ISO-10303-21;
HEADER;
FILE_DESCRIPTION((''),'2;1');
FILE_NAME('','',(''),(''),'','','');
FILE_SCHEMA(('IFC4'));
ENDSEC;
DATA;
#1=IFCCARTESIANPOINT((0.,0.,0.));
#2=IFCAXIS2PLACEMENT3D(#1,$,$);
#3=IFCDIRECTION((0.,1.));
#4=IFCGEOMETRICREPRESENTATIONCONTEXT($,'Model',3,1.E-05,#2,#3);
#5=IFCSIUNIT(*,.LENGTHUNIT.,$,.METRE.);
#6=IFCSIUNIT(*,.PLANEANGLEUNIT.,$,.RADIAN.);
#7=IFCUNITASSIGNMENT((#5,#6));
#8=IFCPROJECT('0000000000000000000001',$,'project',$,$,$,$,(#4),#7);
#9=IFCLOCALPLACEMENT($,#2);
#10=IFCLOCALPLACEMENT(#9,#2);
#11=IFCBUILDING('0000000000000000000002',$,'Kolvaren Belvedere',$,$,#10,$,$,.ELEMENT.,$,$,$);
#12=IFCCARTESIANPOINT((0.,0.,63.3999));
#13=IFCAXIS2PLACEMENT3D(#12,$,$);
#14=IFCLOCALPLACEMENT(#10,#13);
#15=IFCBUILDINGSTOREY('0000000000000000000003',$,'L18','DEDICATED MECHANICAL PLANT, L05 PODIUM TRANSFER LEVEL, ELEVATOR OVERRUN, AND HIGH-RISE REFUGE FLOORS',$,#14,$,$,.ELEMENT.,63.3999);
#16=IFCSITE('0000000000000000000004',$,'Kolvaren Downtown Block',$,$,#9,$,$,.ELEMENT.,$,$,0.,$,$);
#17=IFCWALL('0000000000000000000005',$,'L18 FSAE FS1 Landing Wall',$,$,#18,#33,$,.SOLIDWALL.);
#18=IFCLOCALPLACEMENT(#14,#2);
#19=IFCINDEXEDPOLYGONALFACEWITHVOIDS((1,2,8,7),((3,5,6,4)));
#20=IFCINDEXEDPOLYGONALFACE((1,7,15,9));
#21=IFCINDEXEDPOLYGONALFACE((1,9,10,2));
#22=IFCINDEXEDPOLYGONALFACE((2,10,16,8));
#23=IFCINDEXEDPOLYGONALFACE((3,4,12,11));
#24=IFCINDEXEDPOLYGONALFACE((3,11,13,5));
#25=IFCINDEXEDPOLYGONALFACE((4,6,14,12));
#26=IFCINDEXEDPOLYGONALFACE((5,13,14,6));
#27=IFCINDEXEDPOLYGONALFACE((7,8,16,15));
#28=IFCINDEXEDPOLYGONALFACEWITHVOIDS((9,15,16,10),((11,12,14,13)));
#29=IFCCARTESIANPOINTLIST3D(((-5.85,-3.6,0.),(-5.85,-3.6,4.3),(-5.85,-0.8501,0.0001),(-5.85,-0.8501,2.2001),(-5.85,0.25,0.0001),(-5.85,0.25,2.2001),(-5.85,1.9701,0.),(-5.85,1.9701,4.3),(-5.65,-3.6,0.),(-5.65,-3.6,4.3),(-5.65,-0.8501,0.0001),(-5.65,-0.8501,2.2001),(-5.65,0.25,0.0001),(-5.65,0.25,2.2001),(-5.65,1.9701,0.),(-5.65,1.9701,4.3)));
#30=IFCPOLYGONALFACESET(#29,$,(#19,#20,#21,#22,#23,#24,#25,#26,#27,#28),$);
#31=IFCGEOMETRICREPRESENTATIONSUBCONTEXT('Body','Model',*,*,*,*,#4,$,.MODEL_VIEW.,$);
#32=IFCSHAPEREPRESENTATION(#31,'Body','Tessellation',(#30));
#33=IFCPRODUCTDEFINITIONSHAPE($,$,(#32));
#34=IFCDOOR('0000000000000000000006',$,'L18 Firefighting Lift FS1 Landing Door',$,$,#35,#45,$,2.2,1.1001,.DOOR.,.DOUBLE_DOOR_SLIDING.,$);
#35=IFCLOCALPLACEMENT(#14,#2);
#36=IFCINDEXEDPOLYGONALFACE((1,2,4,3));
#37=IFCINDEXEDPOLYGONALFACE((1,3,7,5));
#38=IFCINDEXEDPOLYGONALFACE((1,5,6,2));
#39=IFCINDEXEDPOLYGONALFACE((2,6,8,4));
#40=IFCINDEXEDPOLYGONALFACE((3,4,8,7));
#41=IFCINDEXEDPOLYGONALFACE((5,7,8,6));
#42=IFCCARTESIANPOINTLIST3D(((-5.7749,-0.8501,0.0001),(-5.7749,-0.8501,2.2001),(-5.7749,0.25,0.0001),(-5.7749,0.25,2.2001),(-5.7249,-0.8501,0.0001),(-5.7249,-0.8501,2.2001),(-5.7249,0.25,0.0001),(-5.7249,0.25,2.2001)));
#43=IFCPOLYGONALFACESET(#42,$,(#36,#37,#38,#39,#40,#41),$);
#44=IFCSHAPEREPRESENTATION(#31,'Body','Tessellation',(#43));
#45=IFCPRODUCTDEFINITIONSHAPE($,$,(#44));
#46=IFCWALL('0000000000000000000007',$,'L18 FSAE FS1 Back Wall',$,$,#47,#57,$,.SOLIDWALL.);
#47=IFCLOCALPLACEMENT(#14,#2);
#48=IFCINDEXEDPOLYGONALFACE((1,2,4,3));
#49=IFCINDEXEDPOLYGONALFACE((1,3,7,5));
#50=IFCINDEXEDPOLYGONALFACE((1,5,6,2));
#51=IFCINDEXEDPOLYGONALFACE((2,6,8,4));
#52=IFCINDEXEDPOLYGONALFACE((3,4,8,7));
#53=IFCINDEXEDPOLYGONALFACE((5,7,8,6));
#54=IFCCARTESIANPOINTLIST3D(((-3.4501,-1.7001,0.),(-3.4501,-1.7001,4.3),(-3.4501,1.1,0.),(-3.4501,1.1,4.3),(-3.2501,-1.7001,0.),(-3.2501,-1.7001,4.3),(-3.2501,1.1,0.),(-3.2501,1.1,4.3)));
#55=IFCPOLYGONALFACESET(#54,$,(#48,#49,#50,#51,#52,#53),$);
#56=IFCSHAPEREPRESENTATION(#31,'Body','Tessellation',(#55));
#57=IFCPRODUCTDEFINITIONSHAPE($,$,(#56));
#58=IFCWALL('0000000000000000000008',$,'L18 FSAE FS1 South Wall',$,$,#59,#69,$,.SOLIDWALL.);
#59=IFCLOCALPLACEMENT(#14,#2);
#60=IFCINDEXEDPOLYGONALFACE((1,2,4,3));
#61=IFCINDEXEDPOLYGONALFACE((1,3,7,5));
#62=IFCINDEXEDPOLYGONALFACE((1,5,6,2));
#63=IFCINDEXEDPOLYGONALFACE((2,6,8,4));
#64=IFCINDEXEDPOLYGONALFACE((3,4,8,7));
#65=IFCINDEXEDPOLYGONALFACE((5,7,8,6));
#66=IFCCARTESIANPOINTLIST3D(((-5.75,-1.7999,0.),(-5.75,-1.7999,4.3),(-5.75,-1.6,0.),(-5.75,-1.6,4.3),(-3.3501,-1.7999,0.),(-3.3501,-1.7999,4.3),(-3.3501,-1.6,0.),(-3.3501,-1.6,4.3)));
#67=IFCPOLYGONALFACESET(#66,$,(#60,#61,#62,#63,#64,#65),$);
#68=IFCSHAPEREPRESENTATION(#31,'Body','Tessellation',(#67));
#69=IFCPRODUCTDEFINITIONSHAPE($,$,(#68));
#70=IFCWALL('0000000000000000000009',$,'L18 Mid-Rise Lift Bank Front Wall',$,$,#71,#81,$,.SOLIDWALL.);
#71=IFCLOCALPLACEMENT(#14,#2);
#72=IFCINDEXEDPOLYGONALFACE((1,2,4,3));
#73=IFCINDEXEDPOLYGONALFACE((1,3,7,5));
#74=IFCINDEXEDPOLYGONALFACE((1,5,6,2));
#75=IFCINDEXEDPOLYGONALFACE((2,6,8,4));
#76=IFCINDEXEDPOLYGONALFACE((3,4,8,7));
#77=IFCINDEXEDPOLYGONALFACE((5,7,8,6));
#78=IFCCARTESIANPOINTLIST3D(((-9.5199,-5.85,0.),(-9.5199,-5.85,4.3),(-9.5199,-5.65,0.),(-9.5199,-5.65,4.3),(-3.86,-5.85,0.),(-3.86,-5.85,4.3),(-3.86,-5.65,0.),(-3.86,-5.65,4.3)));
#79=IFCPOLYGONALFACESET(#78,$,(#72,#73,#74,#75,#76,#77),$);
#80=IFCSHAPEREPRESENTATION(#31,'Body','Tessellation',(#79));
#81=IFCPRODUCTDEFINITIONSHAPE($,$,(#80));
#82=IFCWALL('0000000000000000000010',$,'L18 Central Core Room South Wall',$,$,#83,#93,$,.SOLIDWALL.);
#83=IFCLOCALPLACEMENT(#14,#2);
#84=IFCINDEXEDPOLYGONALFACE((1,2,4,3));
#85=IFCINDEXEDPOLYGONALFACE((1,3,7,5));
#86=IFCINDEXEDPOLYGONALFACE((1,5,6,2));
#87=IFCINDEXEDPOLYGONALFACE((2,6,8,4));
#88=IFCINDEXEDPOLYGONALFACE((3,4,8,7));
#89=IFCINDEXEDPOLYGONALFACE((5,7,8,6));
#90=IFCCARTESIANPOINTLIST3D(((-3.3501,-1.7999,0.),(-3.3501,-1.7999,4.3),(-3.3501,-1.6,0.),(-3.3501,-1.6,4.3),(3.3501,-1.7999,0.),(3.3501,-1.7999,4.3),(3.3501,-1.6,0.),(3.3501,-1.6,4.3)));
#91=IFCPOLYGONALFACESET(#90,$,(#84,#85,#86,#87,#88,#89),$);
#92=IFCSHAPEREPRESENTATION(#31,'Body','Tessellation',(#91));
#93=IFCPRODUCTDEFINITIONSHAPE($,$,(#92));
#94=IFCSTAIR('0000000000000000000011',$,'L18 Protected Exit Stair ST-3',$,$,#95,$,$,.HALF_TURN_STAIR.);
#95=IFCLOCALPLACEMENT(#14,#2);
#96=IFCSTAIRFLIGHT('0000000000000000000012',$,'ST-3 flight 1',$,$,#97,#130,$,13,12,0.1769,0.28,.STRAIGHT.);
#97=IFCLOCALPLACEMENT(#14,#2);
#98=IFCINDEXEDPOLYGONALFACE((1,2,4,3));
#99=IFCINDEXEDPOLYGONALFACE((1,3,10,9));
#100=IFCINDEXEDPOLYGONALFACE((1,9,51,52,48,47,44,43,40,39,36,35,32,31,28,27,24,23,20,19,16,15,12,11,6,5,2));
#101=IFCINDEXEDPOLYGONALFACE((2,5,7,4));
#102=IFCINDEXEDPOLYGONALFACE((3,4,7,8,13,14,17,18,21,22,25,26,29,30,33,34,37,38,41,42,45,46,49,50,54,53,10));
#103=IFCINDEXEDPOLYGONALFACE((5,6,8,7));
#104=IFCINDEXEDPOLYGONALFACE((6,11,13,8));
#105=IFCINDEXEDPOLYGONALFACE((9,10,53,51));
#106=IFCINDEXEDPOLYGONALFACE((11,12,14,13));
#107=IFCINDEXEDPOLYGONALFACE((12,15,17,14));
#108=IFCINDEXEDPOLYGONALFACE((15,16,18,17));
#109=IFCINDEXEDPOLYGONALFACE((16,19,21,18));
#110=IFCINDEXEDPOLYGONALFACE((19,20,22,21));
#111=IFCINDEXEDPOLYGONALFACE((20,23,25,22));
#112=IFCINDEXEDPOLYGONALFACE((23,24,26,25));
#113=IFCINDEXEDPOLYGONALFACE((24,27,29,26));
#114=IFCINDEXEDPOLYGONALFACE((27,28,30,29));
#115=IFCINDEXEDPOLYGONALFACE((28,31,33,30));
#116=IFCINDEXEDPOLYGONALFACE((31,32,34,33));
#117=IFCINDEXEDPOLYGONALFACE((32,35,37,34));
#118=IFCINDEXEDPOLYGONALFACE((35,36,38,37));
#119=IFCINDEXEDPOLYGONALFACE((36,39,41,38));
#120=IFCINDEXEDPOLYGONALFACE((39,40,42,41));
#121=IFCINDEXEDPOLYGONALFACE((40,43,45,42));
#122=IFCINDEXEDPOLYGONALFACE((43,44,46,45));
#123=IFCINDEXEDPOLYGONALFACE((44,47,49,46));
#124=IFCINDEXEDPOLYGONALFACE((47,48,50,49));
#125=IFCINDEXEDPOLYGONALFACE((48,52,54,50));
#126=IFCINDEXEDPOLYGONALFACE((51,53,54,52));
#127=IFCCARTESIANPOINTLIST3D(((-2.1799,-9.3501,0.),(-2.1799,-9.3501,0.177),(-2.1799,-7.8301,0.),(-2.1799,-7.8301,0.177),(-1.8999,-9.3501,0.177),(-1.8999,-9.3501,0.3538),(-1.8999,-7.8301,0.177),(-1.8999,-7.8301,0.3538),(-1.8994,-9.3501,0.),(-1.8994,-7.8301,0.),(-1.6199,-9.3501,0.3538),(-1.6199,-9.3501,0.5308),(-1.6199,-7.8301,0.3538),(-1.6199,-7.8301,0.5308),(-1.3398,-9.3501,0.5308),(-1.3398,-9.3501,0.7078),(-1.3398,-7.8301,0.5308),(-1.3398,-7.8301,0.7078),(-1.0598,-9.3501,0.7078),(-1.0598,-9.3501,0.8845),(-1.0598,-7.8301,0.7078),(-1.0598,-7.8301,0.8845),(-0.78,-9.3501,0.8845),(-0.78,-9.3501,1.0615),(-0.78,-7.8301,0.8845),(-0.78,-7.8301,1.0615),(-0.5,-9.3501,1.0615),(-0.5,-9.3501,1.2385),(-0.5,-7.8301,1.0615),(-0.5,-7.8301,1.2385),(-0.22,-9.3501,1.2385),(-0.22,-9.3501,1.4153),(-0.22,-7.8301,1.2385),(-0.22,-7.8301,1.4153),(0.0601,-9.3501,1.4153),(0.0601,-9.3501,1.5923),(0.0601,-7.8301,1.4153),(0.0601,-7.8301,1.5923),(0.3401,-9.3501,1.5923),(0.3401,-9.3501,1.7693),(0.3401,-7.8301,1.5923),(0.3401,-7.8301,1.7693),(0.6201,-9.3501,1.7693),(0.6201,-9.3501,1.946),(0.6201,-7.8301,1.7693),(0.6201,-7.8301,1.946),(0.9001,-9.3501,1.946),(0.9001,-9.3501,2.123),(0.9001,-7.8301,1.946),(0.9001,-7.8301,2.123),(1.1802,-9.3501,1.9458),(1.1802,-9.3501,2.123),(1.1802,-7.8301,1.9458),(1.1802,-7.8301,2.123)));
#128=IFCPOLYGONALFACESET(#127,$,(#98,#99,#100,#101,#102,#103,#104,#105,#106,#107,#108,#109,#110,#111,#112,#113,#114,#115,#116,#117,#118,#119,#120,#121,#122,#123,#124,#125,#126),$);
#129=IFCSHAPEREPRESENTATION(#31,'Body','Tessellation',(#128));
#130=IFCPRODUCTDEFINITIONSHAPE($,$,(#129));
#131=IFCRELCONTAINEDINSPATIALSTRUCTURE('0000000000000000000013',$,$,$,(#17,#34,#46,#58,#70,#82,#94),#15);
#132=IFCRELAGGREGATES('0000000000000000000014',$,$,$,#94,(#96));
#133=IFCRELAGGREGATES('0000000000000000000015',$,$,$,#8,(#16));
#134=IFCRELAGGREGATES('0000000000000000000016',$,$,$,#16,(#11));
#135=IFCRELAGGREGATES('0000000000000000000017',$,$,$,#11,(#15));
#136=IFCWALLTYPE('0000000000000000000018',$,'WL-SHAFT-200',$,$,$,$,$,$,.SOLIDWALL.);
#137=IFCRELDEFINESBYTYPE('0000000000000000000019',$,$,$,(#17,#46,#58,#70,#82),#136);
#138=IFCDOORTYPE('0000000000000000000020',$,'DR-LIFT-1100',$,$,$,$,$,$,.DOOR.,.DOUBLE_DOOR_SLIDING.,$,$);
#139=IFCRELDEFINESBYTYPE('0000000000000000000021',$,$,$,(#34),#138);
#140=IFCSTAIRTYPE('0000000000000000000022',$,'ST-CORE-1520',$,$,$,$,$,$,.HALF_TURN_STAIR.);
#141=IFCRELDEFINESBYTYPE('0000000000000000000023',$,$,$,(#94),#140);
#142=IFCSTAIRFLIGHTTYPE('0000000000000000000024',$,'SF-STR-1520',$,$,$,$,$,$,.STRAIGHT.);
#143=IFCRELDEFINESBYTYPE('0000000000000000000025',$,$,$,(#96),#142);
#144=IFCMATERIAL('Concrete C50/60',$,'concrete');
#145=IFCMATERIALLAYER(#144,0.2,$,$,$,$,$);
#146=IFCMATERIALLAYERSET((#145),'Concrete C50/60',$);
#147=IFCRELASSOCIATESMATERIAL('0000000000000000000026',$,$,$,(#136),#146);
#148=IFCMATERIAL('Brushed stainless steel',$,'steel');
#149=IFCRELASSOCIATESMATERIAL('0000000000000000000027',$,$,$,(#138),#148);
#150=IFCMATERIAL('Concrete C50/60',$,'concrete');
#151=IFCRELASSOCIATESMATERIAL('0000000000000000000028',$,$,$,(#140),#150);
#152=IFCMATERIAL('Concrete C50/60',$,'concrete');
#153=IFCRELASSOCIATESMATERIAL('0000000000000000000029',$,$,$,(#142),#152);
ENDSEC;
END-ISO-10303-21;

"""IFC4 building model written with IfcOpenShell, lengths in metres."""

from ifc_helpers import new_model, si_unit, direction, frame, frame_2d, origin, place, context, subcontext, project, spatial, polyline, rectangle, outline, extrude, material, layer, layer_set, type_object, element, fill, aggregate, save


model = new_model("IFC4")

# Units and contexts
model_context = context("Model", 3, precision=1e-05, world=origin(), true_north=direction((0.0, 1.0)))
body_context = subcontext(model_context, "Body", "Model", "MODEL_VIEW")
ifc_project = project(units=[si_unit("LENGTHUNIT", "METRE"), si_unit("PLANEANGLEUNIT", "RADIAN")], contexts=[model_context])

# Site, building, storey
site_placement = place(None, origin())
site = spatial("IfcSite", under=ifc_project, at=site_placement, Name="Kolvaren Downtown Block", CompositionType="ELEMENT", RefElevation=0.0)
building_placement = place(site_placement, origin())
building = spatial("IfcBuilding", under=site, at=building_placement, Name="Kolvaren Belvedere", CompositionType="ELEMENT")
storey_placement = place(building_placement, frame((0.0, 0.0, 63.3999)))
storey = spatial("IfcBuildingStorey", under=building, at=storey_placement, Name="L18", Description="DEDICATED MECHANICAL PLANT, L05 PODIUM TRANSFER LEVEL, ELEVATOR OVERRUN, AND HIGH-RISE REFUGE FLOORS", CompositionType="ELEMENT", Elevation=63.3999)

# Wall, opening, door
ifc_material_1 = material(Name="Concrete C50/60", Category="concrete")
ifc_layer_1 = layer(ifc_material_1, 0.2)
ifc_layer_set_1 = layer_set([ifc_layer_1], Name="Concrete C50/60")
wall_type_1 = type_object("IfcWallType", Name="WL-SHAFT-200", PredefinedType="SOLIDWALL", material=ifc_layer_set_1)
wall_1_placement = place(storey_placement, frame((-5.75, -3.6001, 0.0), z_axis=(0.0, 0.0, 1.0), x_axis=(0.0, 1.0, 0.0)))
wall_1 = element("IfcWall", 1, at=wall_1_placement, inside=storey, type_object=wall_type_1, Name="L18 FSAE FS1 Landing Wall", PredefinedType="SOLIDWALL", context=body_context, shape_type="SweptSolid", body=[
    extrude(rectangle(XDim=5.5701, YDim=0.2, at=frame_2d((2.7852, 0.0))), origin(), (0.0, 0.0, 1.0), 4.3),
])
opening_1_placement = place(wall_1_placement, frame((2.75, 0.0, 0.0)))
opening_1 = element("IfcOpeningElement", 2, at=opening_1_placement, cuts=wall_1, PredefinedType="OPENING", context=body_context, shape_type="SweptSolid", body=[
    extrude(rectangle(XDim=1.1001, YDim=2.2, at=frame_2d((0.55, 1.1001))), frame((0.0, 0.1099, 0.0), z_axis=(0.0, -1.0, 0.0), x_axis=(1.0, 0.0, 0.0)), (0.0, 0.0, 1.0), 0.22),
])
ifc_material_2 = material(Name="Brushed stainless steel", Category="steel")
door_type_1 = type_object("IfcDoorType", Name="DR-LIFT-1100", OperationType="DOUBLE_DOOR_SLIDING", PredefinedType="DOOR", material=ifc_material_2)
door_1_placement = place(opening_1_placement, origin())
door_1 = element("IfcDoor", 3, at=door_1_placement, inside=storey, type_object=door_type_1, Name="L18 Firefighting Lift FS1 Landing Door", OperationType="DOUBLE_DOOR_SLIDING", OverallHeight=2.2, OverallWidth=1.1001, PredefinedType="DOOR", context=body_context, shape_type="SweptSolid", body=[
    extrude(rectangle(XDim=1.1001, YDim=2.2, at=frame_2d((0.55, 1.1001))), frame((0.0, 0.0249, 0.0), z_axis=(0.0, -1.0, 0.0), x_axis=(1.0, 0.0, 0.0)), (0.0, 0.0, 1.0), 0.05),
])
fill(opening_1, door_1)

# Walls
wall_2_placement = place(storey_placement, frame((-3.3501, -1.7, 0.0), z_axis=(0.0, 0.0, 1.0), x_axis=(0.0, 1.0, 0.0)))
element("IfcWall", 4, at=wall_2_placement, inside=storey, type_object=wall_type_1, Name="L18 FSAE FS1 Back Wall", PredefinedType="SOLIDWALL", context=body_context, shape_type="SweptSolid", body=[
    extrude(rectangle(XDim=2.8, YDim=0.2, at=frame_2d((1.3999, 0.0))), origin(), (0.0, 0.0, 1.0), 4.3),
])
wall_3_placement = place(storey_placement, frame((-5.75, -1.7, 0.0), z_axis=(0.0, 0.0, 1.0), x_axis=(1.0, 0.0, 0.0)))
element("IfcWall", 5, at=wall_3_placement, inside=storey, type_object=wall_type_1, Name="L18 FSAE FS1 South Wall", PredefinedType="SOLIDWALL", context=body_context, shape_type="SweptSolid", body=[
    extrude(rectangle(XDim=2.3999, YDim=0.2, at=frame_2d((1.2, 0.0))), origin(), (0.0, 0.0, 1.0), 4.3),
])
wall_4_placement = place(storey_placement, frame((-9.52, -5.75, 0.0), z_axis=(0.0, 0.0, 1.0), x_axis=(1.0, 0.0, 0.0)))
element("IfcWall", 6, at=wall_4_placement, inside=storey, type_object=wall_type_1, Name="L18 Mid-Rise Lift Bank Front Wall", PredefinedType="SOLIDWALL", context=body_context, shape_type="SweptSolid", body=[
    extrude(rectangle(XDim=5.6599, YDim=0.2, at=frame_2d((2.8301, 0.0))), origin(), (0.0, 0.0, 1.0), 4.3),
])
wall_5_placement = place(storey_placement, frame((-3.3501, -1.7, 0.0), z_axis=(0.0, 0.0, 1.0), x_axis=(1.0, 0.0, 0.0)))
element("IfcWall", 7, at=wall_5_placement, inside=storey, type_object=wall_type_1, Name="L18 Central Core Room South Wall", PredefinedType="SOLIDWALL", context=body_context, shape_type="SweptSolid", body=[
    extrude(rectangle(XDim=6.7002, YDim=0.2, at=frame_2d((3.3501, 0.0))), origin(), (0.0, 0.0, 1.0), 4.3),
])

# Stair, stair flight
ifc_material_3 = material(Name="Concrete C50/60", Category="concrete")
stair_type = type_object("IfcStairType", Name="ST-CORE-1520", PredefinedType="HALF_TURN_STAIR", material=ifc_material_3)
stair_placement = place(storey_placement, origin())
stair = element("IfcStair", 8, at=stair_placement, inside=storey, type_object=stair_type, Name="L18 Protected Exit Stair ST-3", PredefinedType="HALF_TURN_STAIR")
ifc_material_4 = material(Name="Concrete C50/60", Category="concrete")
stair_flight_type = type_object("IfcStairFlightType", Name="SF-STR-1520", PredefinedType="STRAIGHT", material=ifc_material_4)
stair_flight_placement = place(storey_placement, frame((-2.1799, -8.5901, 0.0), z_axis=(0.0, 0.0, 1.0), x_axis=(1.0, 0.0, 0.0)))
stair_flight = element("IfcStairFlight", 9, at=stair_flight_placement, type_object=stair_flight_type, Name="ST-3 flight 1", NumberOfRisers=13, NumberOfTreads=12, PredefinedType="STRAIGHT", RiserHeight=0.1769, TreadLength=0.28, context=body_context, shape_type="SweptSolid", body=[
    extrude(outline(polyline([(0.0, 0.0), (0.0, 0.177), (0.28, 0.177), (0.28, 0.3538), (0.5601, 0.3538), (0.5601, 0.5308), (0.8401, 0.5308), (0.8401, 0.7078), (1.1201, 0.7078), (1.1201, 0.8845), (1.3999, 0.8845), (1.3999, 1.0615), (1.6799, 1.0615), (1.6799, 1.2385), (1.96, 1.2385), (1.96, 1.4153), (2.24, 1.4153), (2.24, 1.5923), (2.52, 1.5923), (2.52, 1.7693), (2.8, 1.7693), (2.8, 1.946), (3.0801, 1.946), (3.0801, 2.123), (3.3601, 2.123), (3.3601, 2.3), (3.3601, 1.9458), (0.2805, 0.0), (0.0, 0.0)])), frame((0.0, 0.76, 0.0), z_axis=(0.0, -1.0, 0.0), x_axis=(1.0, 0.0, 0.0)), (0.0, 0.0, 1.0), 1.52),
])
aggregate(stair, [stair_flight])

save(model, "model.ifc")
